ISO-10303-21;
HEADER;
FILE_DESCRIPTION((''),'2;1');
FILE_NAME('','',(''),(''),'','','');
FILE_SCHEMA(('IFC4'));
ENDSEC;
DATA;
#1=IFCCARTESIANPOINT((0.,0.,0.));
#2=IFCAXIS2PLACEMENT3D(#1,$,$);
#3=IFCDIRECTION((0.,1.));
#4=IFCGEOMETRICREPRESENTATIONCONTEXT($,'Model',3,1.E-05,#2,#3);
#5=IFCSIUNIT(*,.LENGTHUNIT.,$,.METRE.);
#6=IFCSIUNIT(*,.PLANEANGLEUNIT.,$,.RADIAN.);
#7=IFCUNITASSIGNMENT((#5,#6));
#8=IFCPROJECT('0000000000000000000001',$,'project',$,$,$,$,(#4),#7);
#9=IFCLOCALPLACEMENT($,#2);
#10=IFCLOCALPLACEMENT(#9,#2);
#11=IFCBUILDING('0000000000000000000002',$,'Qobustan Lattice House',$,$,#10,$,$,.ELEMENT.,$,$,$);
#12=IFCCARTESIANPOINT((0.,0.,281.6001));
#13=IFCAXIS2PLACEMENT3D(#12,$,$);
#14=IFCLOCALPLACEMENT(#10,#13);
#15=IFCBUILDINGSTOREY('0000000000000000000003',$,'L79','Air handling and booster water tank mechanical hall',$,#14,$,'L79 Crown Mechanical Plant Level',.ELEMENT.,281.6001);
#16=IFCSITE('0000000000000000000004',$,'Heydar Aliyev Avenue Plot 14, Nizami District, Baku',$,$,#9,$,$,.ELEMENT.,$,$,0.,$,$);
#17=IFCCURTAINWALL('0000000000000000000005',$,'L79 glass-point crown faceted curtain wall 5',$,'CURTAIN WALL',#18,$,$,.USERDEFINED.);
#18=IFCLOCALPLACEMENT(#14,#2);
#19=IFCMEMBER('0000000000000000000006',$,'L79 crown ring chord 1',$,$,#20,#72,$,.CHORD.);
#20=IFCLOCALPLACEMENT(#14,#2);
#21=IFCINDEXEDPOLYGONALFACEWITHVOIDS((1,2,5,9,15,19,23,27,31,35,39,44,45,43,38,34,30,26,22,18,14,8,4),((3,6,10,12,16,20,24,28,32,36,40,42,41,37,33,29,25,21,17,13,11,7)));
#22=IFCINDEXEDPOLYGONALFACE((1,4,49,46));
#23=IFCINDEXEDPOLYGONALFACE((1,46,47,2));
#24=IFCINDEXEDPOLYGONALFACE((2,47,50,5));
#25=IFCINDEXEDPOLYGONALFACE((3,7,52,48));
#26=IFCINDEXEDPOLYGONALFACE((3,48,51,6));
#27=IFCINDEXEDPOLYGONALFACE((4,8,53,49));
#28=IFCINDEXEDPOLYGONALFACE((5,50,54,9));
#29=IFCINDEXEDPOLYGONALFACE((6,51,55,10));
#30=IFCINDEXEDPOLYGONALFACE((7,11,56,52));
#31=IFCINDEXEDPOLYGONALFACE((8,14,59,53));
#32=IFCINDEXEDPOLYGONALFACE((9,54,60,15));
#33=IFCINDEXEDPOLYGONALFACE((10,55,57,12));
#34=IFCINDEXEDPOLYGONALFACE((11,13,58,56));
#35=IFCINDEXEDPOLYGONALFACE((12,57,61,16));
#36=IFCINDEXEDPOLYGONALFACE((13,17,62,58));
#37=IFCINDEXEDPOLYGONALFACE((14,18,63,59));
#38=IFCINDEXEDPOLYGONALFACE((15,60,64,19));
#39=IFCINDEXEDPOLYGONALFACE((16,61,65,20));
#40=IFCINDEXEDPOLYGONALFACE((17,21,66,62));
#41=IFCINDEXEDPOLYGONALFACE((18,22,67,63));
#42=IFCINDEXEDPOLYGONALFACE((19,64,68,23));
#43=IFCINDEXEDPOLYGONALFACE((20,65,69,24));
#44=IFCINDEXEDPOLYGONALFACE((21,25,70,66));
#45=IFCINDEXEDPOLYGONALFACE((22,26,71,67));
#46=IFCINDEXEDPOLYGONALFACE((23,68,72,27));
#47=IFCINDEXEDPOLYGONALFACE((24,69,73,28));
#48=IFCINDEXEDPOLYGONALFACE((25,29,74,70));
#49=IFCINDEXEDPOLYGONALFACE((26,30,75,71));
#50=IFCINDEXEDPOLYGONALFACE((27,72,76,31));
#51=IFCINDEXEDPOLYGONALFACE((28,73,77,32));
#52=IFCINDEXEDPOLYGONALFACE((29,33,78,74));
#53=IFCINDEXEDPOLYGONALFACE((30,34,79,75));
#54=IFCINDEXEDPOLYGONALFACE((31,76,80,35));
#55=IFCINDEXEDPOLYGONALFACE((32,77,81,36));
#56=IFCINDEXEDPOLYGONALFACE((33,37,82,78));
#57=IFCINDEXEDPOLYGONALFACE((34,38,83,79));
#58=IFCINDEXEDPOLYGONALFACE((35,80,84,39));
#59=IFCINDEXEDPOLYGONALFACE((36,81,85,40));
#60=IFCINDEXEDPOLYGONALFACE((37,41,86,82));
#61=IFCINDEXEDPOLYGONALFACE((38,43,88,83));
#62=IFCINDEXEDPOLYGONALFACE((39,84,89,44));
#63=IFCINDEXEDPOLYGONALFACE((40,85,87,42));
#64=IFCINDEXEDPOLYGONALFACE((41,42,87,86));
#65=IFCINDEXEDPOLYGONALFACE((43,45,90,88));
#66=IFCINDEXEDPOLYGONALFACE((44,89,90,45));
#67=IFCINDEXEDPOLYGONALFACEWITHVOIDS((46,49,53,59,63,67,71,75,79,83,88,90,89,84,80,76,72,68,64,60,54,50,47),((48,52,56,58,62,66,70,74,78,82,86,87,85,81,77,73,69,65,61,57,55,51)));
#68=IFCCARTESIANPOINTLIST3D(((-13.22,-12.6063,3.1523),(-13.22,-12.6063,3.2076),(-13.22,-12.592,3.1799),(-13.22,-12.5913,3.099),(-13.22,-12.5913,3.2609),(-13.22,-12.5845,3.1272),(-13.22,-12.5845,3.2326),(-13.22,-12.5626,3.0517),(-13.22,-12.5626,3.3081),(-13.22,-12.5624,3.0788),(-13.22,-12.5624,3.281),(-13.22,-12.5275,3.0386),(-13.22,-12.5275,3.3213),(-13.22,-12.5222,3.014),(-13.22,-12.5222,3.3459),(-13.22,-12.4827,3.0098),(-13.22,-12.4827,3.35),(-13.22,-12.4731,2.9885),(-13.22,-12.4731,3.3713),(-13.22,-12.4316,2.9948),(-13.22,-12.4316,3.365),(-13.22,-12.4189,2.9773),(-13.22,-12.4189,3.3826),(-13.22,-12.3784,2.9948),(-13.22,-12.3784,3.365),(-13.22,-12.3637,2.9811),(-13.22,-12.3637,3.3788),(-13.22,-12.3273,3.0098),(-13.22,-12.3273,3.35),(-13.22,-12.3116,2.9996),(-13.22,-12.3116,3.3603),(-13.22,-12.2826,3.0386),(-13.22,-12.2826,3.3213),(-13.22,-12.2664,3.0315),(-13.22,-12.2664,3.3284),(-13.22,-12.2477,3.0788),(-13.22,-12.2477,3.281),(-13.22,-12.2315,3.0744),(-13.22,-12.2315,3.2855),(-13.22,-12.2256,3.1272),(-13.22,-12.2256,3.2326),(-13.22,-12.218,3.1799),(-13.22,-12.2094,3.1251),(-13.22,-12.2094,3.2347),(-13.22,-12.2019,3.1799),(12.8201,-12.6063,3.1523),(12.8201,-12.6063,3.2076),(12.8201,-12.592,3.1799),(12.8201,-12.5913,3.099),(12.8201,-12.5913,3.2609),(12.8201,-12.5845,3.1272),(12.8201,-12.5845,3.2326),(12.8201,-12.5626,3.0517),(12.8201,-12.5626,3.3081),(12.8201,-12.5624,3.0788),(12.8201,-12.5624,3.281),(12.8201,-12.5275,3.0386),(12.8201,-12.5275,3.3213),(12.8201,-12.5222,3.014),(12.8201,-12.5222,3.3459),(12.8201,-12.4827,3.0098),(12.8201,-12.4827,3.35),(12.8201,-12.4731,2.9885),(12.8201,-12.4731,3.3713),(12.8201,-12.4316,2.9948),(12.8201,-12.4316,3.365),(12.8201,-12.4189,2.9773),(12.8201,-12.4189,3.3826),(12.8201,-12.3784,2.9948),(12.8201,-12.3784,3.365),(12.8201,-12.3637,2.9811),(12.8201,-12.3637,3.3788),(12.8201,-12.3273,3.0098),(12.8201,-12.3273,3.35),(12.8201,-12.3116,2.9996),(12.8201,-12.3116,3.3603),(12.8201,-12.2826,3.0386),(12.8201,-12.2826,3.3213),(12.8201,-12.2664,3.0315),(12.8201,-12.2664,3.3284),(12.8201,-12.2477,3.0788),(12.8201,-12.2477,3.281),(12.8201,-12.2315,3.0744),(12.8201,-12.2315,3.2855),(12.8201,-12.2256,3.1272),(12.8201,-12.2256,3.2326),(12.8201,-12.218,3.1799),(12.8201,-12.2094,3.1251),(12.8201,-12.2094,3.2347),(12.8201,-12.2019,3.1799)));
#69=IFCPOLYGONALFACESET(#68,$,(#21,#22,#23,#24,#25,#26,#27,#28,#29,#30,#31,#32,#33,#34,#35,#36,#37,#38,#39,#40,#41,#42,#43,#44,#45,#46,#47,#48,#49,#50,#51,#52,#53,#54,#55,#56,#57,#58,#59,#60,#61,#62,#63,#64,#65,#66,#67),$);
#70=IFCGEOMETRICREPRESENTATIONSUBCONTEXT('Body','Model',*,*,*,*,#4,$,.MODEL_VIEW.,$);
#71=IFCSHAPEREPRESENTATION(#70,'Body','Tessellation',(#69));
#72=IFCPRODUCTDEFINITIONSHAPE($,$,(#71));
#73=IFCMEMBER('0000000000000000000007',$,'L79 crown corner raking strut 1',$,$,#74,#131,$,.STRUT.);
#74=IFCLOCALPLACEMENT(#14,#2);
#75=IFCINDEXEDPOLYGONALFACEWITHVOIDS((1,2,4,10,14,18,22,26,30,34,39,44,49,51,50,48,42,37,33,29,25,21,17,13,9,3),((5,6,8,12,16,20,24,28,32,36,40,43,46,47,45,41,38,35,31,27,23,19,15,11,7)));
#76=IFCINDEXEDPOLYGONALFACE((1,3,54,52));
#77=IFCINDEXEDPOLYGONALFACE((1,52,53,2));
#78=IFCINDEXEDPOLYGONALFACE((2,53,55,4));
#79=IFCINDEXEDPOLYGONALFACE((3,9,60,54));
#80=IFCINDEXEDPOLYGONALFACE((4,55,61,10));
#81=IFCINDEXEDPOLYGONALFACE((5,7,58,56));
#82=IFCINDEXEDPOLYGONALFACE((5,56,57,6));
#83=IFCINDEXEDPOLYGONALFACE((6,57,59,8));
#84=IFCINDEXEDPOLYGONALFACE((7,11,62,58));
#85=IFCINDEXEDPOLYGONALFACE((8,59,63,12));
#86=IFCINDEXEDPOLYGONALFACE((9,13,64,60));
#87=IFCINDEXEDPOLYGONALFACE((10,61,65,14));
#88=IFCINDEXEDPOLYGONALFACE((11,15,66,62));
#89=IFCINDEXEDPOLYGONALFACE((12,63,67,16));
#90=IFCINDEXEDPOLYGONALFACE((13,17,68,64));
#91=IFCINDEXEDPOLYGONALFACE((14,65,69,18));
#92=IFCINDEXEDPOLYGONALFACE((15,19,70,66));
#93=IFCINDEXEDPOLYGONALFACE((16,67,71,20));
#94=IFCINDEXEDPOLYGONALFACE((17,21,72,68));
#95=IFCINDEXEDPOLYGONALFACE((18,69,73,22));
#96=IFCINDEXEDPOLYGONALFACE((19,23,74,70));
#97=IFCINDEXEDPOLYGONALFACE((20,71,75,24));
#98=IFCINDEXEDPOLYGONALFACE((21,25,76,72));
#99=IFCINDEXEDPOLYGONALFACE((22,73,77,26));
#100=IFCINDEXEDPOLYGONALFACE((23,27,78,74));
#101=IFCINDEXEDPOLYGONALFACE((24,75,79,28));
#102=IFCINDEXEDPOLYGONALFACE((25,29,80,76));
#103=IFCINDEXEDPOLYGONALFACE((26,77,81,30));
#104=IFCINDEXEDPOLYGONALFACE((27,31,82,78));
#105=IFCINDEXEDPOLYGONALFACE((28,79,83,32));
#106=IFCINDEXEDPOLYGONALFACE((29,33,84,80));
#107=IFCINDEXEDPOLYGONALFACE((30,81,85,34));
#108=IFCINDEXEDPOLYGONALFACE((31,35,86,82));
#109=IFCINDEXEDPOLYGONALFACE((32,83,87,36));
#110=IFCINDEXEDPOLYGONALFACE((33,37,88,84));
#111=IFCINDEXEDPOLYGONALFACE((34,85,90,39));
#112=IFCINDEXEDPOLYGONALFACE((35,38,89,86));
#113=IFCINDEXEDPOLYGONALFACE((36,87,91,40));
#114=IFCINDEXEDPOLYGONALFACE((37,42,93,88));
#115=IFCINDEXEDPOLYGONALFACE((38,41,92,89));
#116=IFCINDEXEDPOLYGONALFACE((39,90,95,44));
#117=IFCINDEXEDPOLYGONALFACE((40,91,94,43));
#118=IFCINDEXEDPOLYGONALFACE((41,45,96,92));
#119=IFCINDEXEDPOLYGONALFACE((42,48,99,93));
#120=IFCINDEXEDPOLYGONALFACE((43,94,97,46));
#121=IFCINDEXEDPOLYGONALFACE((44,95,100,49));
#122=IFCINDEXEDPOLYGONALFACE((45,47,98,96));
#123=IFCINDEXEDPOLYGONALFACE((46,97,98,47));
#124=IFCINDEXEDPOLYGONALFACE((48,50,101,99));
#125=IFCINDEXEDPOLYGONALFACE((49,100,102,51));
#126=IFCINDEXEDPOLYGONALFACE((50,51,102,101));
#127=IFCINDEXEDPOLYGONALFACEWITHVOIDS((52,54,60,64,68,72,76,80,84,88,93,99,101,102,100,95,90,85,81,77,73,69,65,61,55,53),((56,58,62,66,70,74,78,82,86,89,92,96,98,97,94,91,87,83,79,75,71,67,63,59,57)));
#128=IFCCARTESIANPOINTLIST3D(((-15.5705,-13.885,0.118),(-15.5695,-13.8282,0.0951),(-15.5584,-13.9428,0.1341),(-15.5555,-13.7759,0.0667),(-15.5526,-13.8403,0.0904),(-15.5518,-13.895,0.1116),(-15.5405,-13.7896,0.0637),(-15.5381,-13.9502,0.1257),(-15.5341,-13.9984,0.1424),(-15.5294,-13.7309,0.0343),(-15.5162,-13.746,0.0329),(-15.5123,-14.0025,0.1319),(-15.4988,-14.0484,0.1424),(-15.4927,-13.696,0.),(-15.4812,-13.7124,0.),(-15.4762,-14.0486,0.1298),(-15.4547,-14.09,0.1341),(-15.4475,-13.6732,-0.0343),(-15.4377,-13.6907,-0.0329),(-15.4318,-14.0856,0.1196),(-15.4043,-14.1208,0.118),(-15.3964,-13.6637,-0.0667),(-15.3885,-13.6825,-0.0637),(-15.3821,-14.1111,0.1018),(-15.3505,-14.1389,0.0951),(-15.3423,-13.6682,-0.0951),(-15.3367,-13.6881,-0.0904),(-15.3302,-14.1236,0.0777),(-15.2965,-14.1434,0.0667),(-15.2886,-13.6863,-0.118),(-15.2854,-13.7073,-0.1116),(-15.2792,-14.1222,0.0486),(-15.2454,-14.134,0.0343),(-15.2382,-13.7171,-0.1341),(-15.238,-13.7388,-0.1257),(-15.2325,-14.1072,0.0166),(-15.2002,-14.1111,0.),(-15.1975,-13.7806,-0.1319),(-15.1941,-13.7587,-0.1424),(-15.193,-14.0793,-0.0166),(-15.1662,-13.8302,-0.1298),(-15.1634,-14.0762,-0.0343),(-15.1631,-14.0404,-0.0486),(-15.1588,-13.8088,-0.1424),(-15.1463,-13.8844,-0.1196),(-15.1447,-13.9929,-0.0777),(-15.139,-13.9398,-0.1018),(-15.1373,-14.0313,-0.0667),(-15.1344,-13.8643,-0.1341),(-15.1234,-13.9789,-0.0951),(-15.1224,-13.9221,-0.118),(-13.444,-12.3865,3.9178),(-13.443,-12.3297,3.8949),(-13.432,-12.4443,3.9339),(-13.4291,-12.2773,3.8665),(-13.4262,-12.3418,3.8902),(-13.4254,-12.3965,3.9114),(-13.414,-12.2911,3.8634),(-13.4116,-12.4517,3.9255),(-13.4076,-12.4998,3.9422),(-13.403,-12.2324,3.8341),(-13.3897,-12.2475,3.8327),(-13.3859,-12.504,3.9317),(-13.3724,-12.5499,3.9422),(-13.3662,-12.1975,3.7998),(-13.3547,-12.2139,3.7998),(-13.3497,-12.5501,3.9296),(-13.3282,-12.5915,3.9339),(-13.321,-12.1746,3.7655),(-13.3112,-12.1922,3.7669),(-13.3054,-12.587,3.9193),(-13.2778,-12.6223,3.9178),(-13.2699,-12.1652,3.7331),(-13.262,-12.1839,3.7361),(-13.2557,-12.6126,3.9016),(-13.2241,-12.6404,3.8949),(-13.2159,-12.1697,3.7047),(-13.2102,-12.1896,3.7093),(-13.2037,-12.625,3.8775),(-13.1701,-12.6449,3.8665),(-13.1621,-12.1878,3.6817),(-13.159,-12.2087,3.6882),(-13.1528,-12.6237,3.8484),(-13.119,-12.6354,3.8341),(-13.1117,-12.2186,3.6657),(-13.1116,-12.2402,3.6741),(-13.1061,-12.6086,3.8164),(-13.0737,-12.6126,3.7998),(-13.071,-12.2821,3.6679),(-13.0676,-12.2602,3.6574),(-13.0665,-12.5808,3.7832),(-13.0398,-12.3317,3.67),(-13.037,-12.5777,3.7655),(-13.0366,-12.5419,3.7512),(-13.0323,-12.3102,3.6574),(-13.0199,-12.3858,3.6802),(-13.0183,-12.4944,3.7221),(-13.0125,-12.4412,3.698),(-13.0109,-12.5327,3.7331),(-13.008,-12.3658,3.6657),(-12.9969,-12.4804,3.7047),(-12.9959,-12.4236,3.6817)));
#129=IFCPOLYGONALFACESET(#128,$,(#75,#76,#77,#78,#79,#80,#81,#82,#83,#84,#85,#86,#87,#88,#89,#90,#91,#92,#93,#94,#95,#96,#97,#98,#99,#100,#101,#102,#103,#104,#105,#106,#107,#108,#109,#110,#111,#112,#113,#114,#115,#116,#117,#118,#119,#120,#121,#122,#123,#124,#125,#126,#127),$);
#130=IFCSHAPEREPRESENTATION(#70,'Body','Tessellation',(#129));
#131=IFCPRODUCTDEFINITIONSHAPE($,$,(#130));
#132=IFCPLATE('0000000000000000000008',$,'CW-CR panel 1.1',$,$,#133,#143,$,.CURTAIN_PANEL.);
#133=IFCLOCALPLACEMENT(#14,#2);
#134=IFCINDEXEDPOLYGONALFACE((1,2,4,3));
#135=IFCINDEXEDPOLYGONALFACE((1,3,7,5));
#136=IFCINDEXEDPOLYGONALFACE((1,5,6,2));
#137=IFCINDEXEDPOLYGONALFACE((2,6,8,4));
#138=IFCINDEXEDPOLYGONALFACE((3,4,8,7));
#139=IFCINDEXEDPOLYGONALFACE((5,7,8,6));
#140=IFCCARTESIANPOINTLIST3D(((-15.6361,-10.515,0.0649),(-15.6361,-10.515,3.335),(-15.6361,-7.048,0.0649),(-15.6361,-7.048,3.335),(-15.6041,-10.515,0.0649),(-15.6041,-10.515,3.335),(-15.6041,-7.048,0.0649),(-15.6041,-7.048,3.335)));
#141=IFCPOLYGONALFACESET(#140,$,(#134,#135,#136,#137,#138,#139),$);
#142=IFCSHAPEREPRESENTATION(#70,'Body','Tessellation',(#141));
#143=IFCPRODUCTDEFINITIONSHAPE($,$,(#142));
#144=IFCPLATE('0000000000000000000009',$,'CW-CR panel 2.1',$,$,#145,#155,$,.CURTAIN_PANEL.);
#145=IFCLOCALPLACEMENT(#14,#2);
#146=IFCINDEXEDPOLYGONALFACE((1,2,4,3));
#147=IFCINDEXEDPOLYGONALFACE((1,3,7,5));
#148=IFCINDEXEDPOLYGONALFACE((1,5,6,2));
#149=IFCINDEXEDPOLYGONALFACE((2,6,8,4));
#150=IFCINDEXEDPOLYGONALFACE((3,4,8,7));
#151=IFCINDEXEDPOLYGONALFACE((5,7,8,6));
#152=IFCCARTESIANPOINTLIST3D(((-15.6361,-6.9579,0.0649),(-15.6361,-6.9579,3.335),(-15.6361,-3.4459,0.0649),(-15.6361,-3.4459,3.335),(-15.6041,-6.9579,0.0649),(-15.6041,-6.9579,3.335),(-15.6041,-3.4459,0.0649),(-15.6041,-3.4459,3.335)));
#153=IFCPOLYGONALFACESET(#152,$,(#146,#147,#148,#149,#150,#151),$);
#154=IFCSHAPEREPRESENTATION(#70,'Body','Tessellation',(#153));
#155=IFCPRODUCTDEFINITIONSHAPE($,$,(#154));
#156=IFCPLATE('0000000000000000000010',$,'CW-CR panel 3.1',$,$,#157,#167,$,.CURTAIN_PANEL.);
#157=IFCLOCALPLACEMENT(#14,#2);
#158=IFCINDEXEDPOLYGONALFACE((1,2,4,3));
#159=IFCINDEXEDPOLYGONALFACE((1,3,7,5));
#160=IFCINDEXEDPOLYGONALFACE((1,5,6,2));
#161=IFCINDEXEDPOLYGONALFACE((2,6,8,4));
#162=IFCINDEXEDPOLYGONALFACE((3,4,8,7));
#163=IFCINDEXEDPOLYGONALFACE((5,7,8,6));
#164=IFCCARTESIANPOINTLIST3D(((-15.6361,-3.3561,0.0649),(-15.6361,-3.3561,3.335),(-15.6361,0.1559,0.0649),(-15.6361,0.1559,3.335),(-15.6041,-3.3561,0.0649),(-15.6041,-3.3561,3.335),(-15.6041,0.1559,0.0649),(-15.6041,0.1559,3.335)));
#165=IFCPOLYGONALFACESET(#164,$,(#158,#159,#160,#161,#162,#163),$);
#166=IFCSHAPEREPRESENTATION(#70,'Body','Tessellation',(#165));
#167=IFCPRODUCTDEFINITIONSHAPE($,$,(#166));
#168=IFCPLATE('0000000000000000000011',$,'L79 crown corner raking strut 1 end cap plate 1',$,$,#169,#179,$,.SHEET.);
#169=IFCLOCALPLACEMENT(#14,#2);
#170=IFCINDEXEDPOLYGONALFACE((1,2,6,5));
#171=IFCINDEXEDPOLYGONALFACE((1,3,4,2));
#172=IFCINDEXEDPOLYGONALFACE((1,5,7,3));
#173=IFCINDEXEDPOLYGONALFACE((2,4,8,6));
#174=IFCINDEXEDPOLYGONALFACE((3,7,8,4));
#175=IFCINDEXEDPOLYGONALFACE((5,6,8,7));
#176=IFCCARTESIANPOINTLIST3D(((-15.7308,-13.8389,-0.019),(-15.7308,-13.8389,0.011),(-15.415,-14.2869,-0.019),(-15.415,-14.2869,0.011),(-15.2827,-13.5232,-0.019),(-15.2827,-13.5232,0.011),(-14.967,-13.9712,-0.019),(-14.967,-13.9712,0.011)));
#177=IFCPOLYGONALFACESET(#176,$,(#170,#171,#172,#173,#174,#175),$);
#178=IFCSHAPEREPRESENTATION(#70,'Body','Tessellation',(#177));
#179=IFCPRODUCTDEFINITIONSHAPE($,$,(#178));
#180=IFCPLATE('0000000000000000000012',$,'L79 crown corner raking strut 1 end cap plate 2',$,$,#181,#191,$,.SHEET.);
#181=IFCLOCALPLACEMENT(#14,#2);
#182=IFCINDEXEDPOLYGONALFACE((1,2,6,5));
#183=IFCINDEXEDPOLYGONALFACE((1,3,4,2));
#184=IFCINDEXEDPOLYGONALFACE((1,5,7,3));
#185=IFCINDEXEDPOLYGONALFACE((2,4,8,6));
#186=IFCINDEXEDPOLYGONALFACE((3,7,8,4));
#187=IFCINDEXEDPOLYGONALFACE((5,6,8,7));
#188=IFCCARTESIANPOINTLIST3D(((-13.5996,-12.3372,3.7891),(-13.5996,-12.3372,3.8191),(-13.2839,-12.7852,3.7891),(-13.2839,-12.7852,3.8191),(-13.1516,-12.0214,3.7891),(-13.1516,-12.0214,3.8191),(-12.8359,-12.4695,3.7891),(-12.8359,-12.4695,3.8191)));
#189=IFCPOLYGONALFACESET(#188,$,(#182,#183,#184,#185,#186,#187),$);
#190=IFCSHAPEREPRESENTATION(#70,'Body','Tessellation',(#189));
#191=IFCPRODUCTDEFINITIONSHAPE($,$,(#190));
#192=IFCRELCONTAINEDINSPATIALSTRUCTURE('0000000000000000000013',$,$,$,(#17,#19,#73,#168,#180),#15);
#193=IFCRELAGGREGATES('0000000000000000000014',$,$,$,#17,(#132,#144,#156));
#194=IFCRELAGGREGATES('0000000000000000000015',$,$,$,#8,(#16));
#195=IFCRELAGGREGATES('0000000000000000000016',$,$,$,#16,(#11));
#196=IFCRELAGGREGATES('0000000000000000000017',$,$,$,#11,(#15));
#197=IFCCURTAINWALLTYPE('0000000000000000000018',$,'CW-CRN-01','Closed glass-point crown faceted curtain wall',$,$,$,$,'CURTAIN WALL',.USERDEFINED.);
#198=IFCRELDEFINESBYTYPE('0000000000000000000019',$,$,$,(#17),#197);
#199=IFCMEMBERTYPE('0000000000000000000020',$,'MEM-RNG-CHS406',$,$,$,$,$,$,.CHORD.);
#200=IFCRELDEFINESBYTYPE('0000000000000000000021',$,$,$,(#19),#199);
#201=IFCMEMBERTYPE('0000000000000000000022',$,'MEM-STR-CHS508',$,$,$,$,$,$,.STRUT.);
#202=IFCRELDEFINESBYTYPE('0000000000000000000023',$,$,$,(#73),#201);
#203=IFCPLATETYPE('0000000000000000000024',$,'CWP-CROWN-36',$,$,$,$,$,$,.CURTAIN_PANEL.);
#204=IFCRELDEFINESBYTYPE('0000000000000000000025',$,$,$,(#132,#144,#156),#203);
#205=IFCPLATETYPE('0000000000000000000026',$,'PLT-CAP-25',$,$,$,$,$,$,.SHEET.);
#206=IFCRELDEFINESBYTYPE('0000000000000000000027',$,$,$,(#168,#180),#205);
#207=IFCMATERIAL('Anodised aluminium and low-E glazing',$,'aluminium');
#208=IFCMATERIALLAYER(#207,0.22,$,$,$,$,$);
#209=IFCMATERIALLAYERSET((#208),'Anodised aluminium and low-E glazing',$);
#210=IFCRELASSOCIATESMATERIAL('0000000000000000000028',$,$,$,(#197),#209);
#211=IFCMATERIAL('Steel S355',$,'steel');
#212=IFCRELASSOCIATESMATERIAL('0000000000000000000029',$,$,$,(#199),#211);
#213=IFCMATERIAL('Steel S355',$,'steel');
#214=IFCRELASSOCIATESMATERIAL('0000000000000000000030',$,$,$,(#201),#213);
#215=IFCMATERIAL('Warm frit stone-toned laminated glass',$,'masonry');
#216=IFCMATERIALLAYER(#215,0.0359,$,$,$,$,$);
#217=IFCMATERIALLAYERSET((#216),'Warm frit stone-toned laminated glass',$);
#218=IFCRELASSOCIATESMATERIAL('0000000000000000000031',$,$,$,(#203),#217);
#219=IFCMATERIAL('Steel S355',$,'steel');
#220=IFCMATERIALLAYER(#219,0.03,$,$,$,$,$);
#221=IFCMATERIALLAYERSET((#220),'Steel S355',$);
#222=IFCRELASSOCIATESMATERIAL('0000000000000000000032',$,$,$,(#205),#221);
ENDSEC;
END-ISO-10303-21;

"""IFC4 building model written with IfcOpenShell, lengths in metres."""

from ifc_helpers import new_model, si_unit, direction, frame, origin, origin_2d, place, context, subcontext, project, spatial, rectangle, hollow_circle, extrude, material, layer, layer_set, material_profile, profile_set, type_object, element, aggregate, save


model = new_model("IFC4")

# Units and contexts
model_context = context("Model", 3, precision=1e-05, world=origin(), true_north=direction((0.0, 1.0)))
body_context = subcontext(model_context, "Body", "Model", "MODEL_VIEW")
ifc_project = project(units=[si_unit("LENGTHUNIT", "METRE"), si_unit("PLANEANGLEUNIT", "RADIAN")], contexts=[model_context])

# Site, building, storey
site_placement = place(None, origin())
site = spatial("IfcSite", under=ifc_project, at=site_placement, Name="Heydar Aliyev Avenue Plot 14, Nizami District, Baku", CompositionType="ELEMENT", RefElevation=0.0)
building_placement = place(site_placement, origin())
building = spatial("IfcBuilding", under=site, at=building_placement, Name="Qobustan Lattice House", CompositionType="ELEMENT")
storey_placement = place(building_placement, frame((0.0, 0.0, 281.6001)))
storey = spatial("IfcBuildingStorey", under=building, at=storey_placement, Name="L79", Description="Air handling and booster water tank mechanical hall", LongName="L79 Crown Mechanical Plant Level", CompositionType="ELEMENT", Elevation=281.6001)

# Curtain wall
ifc_material_1 = material(Name="Anodised aluminium and low-E glazing", Category="aluminium")
ifc_layer_1 = layer(ifc_material_1, 0.22)
ifc_layer_set_1 = layer_set([ifc_layer_1], Name="Anodised aluminium and low-E glazing")
curtain_wall_type = type_object("IfcCurtainWallType", Name="CW-CRN-01", Description="Closed glass-point crown faceted curtain wall", ElementType="CURTAIN WALL", PredefinedType="USERDEFINED", material=ifc_layer_set_1)
curtain_wall_1_placement = place(storey_placement, origin())
curtain_wall_1 = element("IfcCurtainWall", 1, at=curtain_wall_1_placement, inside=storey, type_object=curtain_wall_type, Name="L79 glass-point crown faceted curtain wall 5", ObjectType="CURTAIN WALL", PredefinedType="USERDEFINED")

# Members
ifc_material_2 = material(Name="Steel S355", Category="steel")
ifc_material_profile_1 = material_profile(ifc_material_2, hollow_circle(Radius=0.2031, WallThickness=0.0161, at=origin_2d()), Name="CHS406.4x16")
ifc_profile_set_1 = profile_set([ifc_material_profile_1], Name="Steel S355")
member_type_1 = type_object("IfcMemberType", Name="MEM-RNG-CHS406", PredefinedType="CHORD", material=ifc_profile_set_1)
member_1_placement = place(storey_placement, frame((-13.22, -12.405, 3.1799), z_axis=(1.0, 0.0, 0.0), x_axis=(0.0, 1.0, 0.0)))
element("IfcMember", 2, at=member_1_placement, inside=storey, type_object=member_type_1, Name="L79 crown ring chord 1", PredefinedType="CHORD", context=body_context, shape_type="SweptSolid", body=[
    extrude(hollow_circle(Radius=0.2031, WallThickness=0.0161, at=origin_2d()), origin(), (0.0, 0.0, 1.0), 26.04),
])
ifc_material_3 = material(Name="Steel S355", Category="steel")
ifc_material_profile_2 = material_profile(ifc_material_3, hollow_circle(Radius=0.2539, WallThickness=0.02, at=origin_2d()), Name="CHS508x20")
ifc_profile_set_2 = profile_set([ifc_material_profile_2], Name="Steel S355")
member_type_2 = type_object("IfcMemberType", Name="MEM-STR-CHS508", PredefinedType="STRUT", material=ifc_profile_set_2)
member_2_placement = place(storey_placement, frame((-15.3464, -13.9036, 0.0), z_axis=(0.461774, 0.325415, 0.825149), x_axis=(-0.576042, 0.81742, 0.0)))
element("IfcMember", 3, at=member_2_placement, inside=storey, type_object=member_type_2, Name="L79 crown corner raking strut 1", PredefinedType="STRUT", context=body_context, shape_type="SweptSolid", body=[
    extrude(hollow_circle(Radius=0.2539, WallThickness=0.02, at=origin_2d()), origin(), (0.0, 0.0, 1.0), 4.605),
])

# Plates
ifc_material_4 = material(Name="Warm frit stone-toned laminated glass", Category="masonry")
ifc_layer_2 = layer(ifc_material_4, 0.0359)
ifc_layer_set_2 = layer_set([ifc_layer_2], Name="Warm frit stone-toned laminated glass")
plate_type_1 = type_object("IfcPlateType", Name="CWP-CROWN-36", PredefinedType="CURTAIN_PANEL", material=ifc_layer_set_2)
plate_1_placement = place(storey_placement, frame((-15.6201, -8.7815, 0.0649), z_axis=(0.0, 0.0, 1.0), x_axis=(0.0, 1.0, 0.0)))
plate_1 = element("IfcPlate", 4, at=plate_1_placement, type_object=plate_type_1, Name="CW-CR panel 1.1", PredefinedType="CURTAIN_PANEL", context=body_context, shape_type="SweptSolid", body=[
    extrude(rectangle(XDim=3.467, YDim=0.032, at=origin_2d()), origin(), (0.0, 0.0, 1.0), 3.27),
])
plate_2_placement = place(storey_placement, frame((-15.6201, -5.2019, 0.0649), z_axis=(0.0, 0.0, 1.0), x_axis=(0.0, 1.0, 0.0)))
plate_2 = element("IfcPlate", 5, at=plate_2_placement, type_object=plate_type_1, Name="CW-CR panel 2.1", PredefinedType="CURTAIN_PANEL", context=body_context, shape_type="SweptSolid", body=[
    extrude(rectangle(XDim=3.512, YDim=0.032, at=origin_2d()), origin(), (0.0, 0.0, 1.0), 3.27),
])
plate_3_placement = place(storey_placement, frame((-15.6201, -1.6001, 0.0649), z_axis=(0.0, 0.0, 1.0), x_axis=(0.0, 1.0, 0.0)))
plate_3 = element("IfcPlate", 6, at=plate_3_placement, type_object=plate_type_1, Name="CW-CR panel 3.1", PredefinedType="CURTAIN_PANEL", context=body_context, shape_type="SweptSolid", body=[
    extrude(rectangle(XDim=3.512, YDim=0.032, at=origin_2d()), origin(), (0.0, 0.0, 1.0), 3.27),
])
aggregate(curtain_wall_1, [plate_1, plate_2, plate_3])

# Plates
ifc_material_5 = material(Name="Steel S355", Category="steel")
ifc_layer_3 = layer(ifc_material_5, 0.03)
ifc_layer_set_3 = layer_set([ifc_layer_3], Name="Steel S355")
plate_type_2 = type_object("IfcPlateType", Name="PLT-CAP-25", PredefinedType="SHEET", material=ifc_layer_set_3)
for number, where, z_axis, x_axis, name in (
    (7, (-15.3489, -13.905, -0.019), (0.0, 0.0, 1.0), (0.817426, 0.576033, 0.0), "L79 crown corner raking strut 1 end cap plate 1"),
    (8, (-13.2178, -12.4033, 3.7891), (0.0, 0.0, 1.0), (0.817426, 0.576033, 0.0), "L79 crown corner raking strut 1 end cap plate 2"),
):
    element("IfcPlate", number, at=place(storey_placement, frame(where, z_axis=z_axis, x_axis=x_axis)), inside=storey, type_object=plate_type_2, Name=name, PredefinedType="SHEET", context=body_context, shape_type="SweptSolid", body=[
        extrude(rectangle(XDim=0.5481, YDim=0.5481, at=origin_2d()), origin(), (0.0, 0.0, 1.0), 0.03),
    ])

save(model, "model.ifc")
